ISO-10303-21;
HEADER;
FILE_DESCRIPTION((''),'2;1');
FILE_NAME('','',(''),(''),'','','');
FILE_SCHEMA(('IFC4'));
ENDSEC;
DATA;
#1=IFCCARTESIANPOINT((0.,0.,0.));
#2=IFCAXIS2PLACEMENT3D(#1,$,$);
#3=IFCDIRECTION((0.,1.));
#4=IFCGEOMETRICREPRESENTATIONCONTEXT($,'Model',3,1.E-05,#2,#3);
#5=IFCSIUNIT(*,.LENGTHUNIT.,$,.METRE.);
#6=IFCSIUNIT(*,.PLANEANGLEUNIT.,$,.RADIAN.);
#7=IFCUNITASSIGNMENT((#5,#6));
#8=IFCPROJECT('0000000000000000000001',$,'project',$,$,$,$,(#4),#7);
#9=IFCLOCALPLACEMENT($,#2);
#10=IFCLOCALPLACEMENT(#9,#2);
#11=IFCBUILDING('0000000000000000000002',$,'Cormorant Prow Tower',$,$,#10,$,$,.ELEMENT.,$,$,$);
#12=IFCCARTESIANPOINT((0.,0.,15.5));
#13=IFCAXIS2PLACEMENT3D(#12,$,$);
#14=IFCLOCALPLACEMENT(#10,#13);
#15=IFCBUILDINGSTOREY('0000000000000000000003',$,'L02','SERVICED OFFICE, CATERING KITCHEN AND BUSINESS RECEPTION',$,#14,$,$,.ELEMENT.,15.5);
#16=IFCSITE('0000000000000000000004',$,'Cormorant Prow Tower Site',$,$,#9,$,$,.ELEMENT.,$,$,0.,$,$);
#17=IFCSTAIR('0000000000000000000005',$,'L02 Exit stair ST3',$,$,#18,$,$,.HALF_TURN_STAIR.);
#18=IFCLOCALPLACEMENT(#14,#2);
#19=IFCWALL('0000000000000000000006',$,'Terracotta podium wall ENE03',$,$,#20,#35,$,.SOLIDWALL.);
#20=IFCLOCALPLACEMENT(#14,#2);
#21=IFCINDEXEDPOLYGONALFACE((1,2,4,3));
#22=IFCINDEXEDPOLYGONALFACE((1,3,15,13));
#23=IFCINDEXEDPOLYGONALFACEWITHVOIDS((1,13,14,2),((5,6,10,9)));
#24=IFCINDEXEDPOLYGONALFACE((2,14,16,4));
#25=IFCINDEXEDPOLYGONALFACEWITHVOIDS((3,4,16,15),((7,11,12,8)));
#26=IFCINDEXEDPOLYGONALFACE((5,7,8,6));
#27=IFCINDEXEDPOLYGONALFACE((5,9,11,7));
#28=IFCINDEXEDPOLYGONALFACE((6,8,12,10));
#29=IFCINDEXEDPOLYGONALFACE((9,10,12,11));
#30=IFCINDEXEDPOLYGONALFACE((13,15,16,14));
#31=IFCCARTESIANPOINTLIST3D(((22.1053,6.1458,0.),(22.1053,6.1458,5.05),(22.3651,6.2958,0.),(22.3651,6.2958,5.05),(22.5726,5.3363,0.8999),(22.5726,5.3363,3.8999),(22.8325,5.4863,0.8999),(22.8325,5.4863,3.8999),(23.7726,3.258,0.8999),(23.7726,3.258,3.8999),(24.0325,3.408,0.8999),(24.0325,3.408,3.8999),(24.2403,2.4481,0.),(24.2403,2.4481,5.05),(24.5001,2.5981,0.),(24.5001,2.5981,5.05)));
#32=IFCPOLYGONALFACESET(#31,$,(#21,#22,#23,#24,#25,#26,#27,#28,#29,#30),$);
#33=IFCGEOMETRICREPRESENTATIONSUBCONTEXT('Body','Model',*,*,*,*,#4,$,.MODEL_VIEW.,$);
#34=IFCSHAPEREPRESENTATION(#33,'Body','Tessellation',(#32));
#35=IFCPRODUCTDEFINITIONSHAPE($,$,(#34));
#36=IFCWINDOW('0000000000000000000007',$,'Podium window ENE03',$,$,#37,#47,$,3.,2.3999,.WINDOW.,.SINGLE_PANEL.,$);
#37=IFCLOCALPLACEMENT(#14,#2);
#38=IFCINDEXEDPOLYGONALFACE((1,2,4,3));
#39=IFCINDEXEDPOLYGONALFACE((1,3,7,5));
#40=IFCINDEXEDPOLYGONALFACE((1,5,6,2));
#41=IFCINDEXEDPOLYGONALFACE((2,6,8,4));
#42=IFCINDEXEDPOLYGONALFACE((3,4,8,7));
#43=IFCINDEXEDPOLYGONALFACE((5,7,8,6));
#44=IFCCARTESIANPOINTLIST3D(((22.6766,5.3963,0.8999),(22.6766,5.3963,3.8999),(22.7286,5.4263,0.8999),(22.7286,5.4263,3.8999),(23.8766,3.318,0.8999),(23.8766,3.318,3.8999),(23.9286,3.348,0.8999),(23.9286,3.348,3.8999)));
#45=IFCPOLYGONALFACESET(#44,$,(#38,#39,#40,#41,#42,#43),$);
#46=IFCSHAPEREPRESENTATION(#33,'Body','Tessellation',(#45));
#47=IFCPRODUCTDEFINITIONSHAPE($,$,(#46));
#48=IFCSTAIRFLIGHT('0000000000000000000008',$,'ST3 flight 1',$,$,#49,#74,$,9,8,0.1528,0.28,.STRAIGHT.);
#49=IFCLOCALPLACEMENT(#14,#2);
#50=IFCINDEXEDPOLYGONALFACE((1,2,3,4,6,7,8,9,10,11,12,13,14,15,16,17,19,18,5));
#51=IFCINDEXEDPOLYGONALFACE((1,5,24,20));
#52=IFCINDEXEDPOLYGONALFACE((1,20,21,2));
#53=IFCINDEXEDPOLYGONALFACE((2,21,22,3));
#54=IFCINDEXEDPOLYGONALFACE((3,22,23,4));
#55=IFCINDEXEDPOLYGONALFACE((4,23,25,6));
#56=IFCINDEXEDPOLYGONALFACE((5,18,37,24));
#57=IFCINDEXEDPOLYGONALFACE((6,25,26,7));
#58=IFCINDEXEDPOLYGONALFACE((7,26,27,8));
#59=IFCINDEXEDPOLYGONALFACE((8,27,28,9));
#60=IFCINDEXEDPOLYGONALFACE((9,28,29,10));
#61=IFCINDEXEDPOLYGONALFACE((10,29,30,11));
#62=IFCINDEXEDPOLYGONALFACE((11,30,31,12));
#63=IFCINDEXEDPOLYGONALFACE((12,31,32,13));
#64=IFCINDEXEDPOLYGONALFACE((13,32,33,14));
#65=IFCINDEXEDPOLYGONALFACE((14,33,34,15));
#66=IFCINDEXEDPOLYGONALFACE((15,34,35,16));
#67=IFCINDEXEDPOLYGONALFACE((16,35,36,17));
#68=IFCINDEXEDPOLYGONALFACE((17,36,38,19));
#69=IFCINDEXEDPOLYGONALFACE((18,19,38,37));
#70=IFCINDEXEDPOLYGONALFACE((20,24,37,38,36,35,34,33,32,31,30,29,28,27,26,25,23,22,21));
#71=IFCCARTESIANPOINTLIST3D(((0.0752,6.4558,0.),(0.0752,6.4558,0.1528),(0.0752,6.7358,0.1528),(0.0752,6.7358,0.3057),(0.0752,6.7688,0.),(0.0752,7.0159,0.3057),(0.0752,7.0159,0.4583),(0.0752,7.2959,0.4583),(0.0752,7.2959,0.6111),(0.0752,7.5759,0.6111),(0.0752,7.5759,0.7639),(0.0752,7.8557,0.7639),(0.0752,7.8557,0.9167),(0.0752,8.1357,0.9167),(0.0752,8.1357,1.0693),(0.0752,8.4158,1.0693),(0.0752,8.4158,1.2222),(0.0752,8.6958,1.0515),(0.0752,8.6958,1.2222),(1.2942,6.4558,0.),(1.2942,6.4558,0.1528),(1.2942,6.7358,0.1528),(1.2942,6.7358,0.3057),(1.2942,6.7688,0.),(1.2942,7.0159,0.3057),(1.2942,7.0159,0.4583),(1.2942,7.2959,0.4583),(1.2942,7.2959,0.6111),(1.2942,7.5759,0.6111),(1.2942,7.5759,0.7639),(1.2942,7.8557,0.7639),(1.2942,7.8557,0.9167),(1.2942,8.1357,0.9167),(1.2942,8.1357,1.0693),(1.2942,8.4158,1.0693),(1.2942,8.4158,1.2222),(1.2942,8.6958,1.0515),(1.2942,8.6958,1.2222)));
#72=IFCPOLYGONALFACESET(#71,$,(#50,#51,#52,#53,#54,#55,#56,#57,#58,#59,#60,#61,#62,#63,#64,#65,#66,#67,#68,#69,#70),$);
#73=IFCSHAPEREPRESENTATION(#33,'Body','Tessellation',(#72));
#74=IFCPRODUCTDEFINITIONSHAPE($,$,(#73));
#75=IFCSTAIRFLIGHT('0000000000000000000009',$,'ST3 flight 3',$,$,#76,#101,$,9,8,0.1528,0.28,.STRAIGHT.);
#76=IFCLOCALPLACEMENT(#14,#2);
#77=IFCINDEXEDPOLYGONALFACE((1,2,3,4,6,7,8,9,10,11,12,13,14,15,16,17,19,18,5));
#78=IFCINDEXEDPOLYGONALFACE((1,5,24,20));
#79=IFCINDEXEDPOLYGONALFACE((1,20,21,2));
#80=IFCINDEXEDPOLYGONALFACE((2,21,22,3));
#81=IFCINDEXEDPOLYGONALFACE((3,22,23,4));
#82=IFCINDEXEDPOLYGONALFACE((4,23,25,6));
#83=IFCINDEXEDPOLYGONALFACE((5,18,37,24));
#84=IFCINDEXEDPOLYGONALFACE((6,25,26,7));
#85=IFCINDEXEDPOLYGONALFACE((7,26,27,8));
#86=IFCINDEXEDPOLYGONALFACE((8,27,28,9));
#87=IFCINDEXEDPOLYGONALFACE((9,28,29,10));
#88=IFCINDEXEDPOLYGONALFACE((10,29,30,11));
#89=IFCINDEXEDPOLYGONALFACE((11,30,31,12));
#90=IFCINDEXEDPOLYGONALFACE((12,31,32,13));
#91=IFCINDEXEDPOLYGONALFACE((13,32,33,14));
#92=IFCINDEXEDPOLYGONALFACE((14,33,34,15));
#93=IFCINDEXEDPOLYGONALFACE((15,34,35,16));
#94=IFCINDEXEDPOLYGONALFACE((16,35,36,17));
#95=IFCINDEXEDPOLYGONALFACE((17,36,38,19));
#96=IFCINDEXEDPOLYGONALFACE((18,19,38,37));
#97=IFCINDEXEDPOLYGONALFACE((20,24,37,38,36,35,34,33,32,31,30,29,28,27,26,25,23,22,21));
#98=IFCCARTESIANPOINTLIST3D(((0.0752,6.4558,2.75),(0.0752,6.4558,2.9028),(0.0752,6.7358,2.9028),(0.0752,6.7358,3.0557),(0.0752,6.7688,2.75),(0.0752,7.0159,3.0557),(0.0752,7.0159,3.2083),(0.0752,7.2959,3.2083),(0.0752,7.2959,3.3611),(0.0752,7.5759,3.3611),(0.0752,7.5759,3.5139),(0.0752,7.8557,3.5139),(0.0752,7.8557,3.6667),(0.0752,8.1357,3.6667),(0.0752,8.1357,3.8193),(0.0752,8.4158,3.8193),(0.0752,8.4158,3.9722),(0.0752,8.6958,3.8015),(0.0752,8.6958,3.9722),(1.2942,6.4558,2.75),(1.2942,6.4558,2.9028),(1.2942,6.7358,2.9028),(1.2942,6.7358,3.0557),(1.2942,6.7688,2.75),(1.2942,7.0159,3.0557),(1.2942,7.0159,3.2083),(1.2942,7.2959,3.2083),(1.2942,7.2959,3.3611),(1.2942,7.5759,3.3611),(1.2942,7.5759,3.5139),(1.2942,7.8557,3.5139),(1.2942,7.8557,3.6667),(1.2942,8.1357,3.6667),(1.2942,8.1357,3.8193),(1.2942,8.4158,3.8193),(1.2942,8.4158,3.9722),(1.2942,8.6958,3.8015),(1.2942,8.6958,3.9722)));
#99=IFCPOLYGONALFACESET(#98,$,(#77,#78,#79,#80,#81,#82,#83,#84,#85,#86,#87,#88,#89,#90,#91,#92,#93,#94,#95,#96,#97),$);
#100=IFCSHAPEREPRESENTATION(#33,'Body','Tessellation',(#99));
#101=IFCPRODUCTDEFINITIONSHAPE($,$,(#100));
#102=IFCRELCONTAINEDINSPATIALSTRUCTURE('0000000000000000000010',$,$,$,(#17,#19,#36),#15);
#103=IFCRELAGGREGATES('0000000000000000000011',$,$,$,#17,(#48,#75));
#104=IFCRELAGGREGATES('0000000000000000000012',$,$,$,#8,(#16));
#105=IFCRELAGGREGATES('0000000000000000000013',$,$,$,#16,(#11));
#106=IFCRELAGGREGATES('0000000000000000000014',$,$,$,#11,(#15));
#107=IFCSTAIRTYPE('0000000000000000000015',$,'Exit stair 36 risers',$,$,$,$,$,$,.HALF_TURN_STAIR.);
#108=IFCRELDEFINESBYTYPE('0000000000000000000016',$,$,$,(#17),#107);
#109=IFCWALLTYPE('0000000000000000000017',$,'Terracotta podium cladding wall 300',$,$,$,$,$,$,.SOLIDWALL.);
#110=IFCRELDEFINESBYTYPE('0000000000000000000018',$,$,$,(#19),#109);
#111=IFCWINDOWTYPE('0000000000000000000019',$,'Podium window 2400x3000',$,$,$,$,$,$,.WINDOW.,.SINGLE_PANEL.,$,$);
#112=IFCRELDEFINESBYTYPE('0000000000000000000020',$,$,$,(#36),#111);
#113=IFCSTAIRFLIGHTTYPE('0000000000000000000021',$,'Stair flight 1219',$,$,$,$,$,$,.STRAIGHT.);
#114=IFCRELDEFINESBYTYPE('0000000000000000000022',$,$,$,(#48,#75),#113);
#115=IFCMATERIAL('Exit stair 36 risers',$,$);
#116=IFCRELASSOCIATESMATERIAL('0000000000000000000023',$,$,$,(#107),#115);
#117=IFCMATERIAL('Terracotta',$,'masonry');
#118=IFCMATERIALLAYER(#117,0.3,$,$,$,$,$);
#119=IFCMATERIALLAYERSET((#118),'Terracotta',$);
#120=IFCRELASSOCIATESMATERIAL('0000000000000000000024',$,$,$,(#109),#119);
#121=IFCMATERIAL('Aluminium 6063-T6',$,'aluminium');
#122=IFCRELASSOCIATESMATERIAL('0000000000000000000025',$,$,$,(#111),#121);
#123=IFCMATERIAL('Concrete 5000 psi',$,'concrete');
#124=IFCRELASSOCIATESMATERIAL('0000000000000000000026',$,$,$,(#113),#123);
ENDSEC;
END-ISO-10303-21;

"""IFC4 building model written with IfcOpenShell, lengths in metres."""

from ifc_helpers import new_model, si_unit, direction, frame, frame_2d, origin, place, context, subcontext, project, spatial, polyline, rectangle, outline, extrude, material, layer, layer_set, type_object, element, fill, aggregate, save


model = new_model("IFC4")

# Units and contexts
model_context = context("Model", 3, precision=1e-05, world=origin(), true_north=direction((0.0, 1.0)))
body_context = subcontext(model_context, "Body", "Model", "MODEL_VIEW")
ifc_project = project(units=[si_unit("LENGTHUNIT", "METRE"), si_unit("PLANEANGLEUNIT", "RADIAN")], contexts=[model_context])

# Site, building, storey
site_placement = place(None, origin())
site = spatial("IfcSite", under=ifc_project, at=site_placement, Name="Cormorant Prow Tower Site", CompositionType="ELEMENT", RefElevation=0.0)
building_placement = place(site_placement, origin())
building = spatial("IfcBuilding", under=site, at=building_placement, Name="Cormorant Prow Tower", CompositionType="ELEMENT")
storey_placement = place(building_placement, frame((0.0, 0.0, 15.5)))
storey = spatial("IfcBuildingStorey", under=building, at=storey_placement, Name="L02", Description="SERVICED OFFICE, CATERING KITCHEN AND BUSINESS RECEPTION", CompositionType="ELEMENT", Elevation=15.5)

# Stair
ifc_material_1 = material(Name="Exit stair 36 risers")
stair_type = type_object("IfcStairType", Name="Exit stair 36 risers", PredefinedType="HALF_TURN_STAIR", material=ifc_material_1)
stair_1_placement = place(storey_placement, origin())
stair_1 = element("IfcStair", 1, at=stair_1_placement, inside=storey, type_object=stair_type, Name="L02 Exit stair ST3", PredefinedType="HALF_TURN_STAIR")

# Wall, opening, window
ifc_material_2 = material(Name="Terracotta", Category="masonry")
ifc_layer_1 = layer(ifc_material_2, 0.3)
ifc_layer_set_1 = layer_set([ifc_layer_1], Name="Terracotta")
wall_type_1 = type_object("IfcWallType", Name="Terracotta podium cladding wall 300", PredefinedType="SOLIDWALL", material=ifc_layer_set_1)
wall_1_placement = place(storey_placement, frame((24.3701, 2.5232, 0.0), z_axis=(0.0, 0.0, 1.0), x_axis=(-0.500019, 0.866014, 0.0)))
wall_1 = element("IfcWall", 2, at=wall_1_placement, inside=storey, type_object=wall_type_1, Name="Terracotta podium wall ENE03", PredefinedType="SOLIDWALL", context=body_context, shape_type="SweptSolid", body=[
    extrude(rectangle(XDim=4.2698, YDim=0.3, at=frame_2d((2.1348, 0.0))), origin(), (0.0, 0.0, 1.0), 5.05),
])
opening_1_placement = place(wall_1_placement, frame((0.9351, 0.0, 0.8999)))
opening_1 = element("IfcOpeningElement", 3, at=opening_1_placement, cuts=wall_1, PredefinedType="OPENING", context=body_context, shape_type="SweptSolid", body=[
    extrude(rectangle(XDim=2.3999, YDim=3.0, at=frame_2d((1.2, 1.5))), frame((0.0, 0.1599, 0.0), z_axis=(0.0, -1.0, 0.0), x_axis=(1.0, 0.0, 0.0)), (0.0, 0.0, 1.0), 0.3201),
])
ifc_material_3 = material(Name="Aluminium 6063-T6", Category="aluminium")
window_type = type_object("IfcWindowType", Name="Podium window 2400x3000", PartitioningType="SINGLE_PANEL", PredefinedType="WINDOW", material=ifc_material_3)
window_placement = place(opening_1_placement, origin())
window = element("IfcWindow", 4, at=window_placement, inside=storey, type_object=window_type, Name="Podium window ENE03", OverallHeight=3.0, OverallWidth=2.3999, PartitioningType="SINGLE_PANEL", PredefinedType="WINDOW", context=body_context, shape_type="SweptSolid", body=[
    extrude(rectangle(XDim=2.3999, YDim=3.0, at=frame_2d((1.2, 1.5))), frame((0.0, 0.03, 0.0), z_axis=(0.0, -1.0, 0.0), x_axis=(1.0, 0.0, 0.0)), (0.0, 0.0, 1.0), 0.0601),
])
fill(opening_1, window)

# Stair flights
ifc_material_4 = material(Name="Concrete 5000 psi", Category="concrete")
stair_flight_type = type_object("IfcStairFlightType", Name="Stair flight 1219", PredefinedType="STRAIGHT", material=ifc_material_4)
stair_flight_1_placement = place(storey_placement, frame((0.6846, 6.4558, 0.0), z_axis=(0.0, 0.0, 1.0), x_axis=(0.0, 1.0, 0.0)))
stair_flight_1 = element("IfcStairFlight", 5, at=stair_flight_1_placement, type_object=stair_flight_type, Name="ST3 flight 1", NumberOfRisers=9, NumberOfTreads=8, PredefinedType="STRAIGHT", RiserHeight=0.1528, TreadLength=0.28, context=body_context, shape_type="SweptSolid", body=[
    extrude(outline(polyline([(0.0, 0.0), (0.0, 0.1528), (0.28, 0.1528), (0.28, 0.3057), (0.5601, 0.3057), (0.5601, 0.4583), (0.8401, 0.4583), (0.8401, 0.6111), (1.1201, 0.6111), (1.1201, 0.7639), (1.3999, 0.7639), (1.3999, 0.9167), (1.6799, 0.9167), (1.6799, 1.0693), (1.96, 1.0693), (1.96, 1.2222), (2.24, 1.2222), (2.24, 1.375), (2.24, 1.0515), (0.313, 0.0), (0.0, 0.0)])), frame((0.0, 0.6094, 0.0), z_axis=(0.0, -1.0, 0.0), x_axis=(1.0, 0.0, 0.0)), (0.0, 0.0, 1.0), 1.219),
])
stair_flight_2_placement = place(storey_placement, frame((0.6846, 6.4558, 2.75), z_axis=(0.0, 0.0, 1.0), x_axis=(0.0, 1.0, 0.0)))
stair_flight_2 = element("IfcStairFlight", 6, at=stair_flight_2_placement, type_object=stair_flight_type, Name="ST3 flight 3", NumberOfRisers=9, NumberOfTreads=8, PredefinedType="STRAIGHT", RiserHeight=0.1528, TreadLength=0.28, context=body_context, shape_type="SweptSolid", body=[
    extrude(outline(polyline([(0.0, 0.0), (0.0, 0.1528), (0.28, 0.1528), (0.28, 0.3057), (0.5601, 0.3057), (0.5601, 0.4583), (0.8401, 0.4583), (0.8401, 0.6111), (1.1201, 0.6111), (1.1201, 0.7639), (1.3999, 0.7639), (1.3999, 0.9167), (1.6799, 0.9167), (1.6799, 1.0693), (1.96, 1.0693), (1.96, 1.2222), (2.24, 1.2222), (2.24, 1.375), (2.24, 1.0515), (0.313, 0.0), (0.0, 0.0)])), frame((0.0, 0.6094, 0.0), z_axis=(0.0, -1.0, 0.0), x_axis=(1.0, 0.0, 0.0)), (0.0, 0.0, 1.0), 1.219),
])
aggregate(stair_1, [stair_flight_1, stair_flight_2])

save(model, "model.ifc")
